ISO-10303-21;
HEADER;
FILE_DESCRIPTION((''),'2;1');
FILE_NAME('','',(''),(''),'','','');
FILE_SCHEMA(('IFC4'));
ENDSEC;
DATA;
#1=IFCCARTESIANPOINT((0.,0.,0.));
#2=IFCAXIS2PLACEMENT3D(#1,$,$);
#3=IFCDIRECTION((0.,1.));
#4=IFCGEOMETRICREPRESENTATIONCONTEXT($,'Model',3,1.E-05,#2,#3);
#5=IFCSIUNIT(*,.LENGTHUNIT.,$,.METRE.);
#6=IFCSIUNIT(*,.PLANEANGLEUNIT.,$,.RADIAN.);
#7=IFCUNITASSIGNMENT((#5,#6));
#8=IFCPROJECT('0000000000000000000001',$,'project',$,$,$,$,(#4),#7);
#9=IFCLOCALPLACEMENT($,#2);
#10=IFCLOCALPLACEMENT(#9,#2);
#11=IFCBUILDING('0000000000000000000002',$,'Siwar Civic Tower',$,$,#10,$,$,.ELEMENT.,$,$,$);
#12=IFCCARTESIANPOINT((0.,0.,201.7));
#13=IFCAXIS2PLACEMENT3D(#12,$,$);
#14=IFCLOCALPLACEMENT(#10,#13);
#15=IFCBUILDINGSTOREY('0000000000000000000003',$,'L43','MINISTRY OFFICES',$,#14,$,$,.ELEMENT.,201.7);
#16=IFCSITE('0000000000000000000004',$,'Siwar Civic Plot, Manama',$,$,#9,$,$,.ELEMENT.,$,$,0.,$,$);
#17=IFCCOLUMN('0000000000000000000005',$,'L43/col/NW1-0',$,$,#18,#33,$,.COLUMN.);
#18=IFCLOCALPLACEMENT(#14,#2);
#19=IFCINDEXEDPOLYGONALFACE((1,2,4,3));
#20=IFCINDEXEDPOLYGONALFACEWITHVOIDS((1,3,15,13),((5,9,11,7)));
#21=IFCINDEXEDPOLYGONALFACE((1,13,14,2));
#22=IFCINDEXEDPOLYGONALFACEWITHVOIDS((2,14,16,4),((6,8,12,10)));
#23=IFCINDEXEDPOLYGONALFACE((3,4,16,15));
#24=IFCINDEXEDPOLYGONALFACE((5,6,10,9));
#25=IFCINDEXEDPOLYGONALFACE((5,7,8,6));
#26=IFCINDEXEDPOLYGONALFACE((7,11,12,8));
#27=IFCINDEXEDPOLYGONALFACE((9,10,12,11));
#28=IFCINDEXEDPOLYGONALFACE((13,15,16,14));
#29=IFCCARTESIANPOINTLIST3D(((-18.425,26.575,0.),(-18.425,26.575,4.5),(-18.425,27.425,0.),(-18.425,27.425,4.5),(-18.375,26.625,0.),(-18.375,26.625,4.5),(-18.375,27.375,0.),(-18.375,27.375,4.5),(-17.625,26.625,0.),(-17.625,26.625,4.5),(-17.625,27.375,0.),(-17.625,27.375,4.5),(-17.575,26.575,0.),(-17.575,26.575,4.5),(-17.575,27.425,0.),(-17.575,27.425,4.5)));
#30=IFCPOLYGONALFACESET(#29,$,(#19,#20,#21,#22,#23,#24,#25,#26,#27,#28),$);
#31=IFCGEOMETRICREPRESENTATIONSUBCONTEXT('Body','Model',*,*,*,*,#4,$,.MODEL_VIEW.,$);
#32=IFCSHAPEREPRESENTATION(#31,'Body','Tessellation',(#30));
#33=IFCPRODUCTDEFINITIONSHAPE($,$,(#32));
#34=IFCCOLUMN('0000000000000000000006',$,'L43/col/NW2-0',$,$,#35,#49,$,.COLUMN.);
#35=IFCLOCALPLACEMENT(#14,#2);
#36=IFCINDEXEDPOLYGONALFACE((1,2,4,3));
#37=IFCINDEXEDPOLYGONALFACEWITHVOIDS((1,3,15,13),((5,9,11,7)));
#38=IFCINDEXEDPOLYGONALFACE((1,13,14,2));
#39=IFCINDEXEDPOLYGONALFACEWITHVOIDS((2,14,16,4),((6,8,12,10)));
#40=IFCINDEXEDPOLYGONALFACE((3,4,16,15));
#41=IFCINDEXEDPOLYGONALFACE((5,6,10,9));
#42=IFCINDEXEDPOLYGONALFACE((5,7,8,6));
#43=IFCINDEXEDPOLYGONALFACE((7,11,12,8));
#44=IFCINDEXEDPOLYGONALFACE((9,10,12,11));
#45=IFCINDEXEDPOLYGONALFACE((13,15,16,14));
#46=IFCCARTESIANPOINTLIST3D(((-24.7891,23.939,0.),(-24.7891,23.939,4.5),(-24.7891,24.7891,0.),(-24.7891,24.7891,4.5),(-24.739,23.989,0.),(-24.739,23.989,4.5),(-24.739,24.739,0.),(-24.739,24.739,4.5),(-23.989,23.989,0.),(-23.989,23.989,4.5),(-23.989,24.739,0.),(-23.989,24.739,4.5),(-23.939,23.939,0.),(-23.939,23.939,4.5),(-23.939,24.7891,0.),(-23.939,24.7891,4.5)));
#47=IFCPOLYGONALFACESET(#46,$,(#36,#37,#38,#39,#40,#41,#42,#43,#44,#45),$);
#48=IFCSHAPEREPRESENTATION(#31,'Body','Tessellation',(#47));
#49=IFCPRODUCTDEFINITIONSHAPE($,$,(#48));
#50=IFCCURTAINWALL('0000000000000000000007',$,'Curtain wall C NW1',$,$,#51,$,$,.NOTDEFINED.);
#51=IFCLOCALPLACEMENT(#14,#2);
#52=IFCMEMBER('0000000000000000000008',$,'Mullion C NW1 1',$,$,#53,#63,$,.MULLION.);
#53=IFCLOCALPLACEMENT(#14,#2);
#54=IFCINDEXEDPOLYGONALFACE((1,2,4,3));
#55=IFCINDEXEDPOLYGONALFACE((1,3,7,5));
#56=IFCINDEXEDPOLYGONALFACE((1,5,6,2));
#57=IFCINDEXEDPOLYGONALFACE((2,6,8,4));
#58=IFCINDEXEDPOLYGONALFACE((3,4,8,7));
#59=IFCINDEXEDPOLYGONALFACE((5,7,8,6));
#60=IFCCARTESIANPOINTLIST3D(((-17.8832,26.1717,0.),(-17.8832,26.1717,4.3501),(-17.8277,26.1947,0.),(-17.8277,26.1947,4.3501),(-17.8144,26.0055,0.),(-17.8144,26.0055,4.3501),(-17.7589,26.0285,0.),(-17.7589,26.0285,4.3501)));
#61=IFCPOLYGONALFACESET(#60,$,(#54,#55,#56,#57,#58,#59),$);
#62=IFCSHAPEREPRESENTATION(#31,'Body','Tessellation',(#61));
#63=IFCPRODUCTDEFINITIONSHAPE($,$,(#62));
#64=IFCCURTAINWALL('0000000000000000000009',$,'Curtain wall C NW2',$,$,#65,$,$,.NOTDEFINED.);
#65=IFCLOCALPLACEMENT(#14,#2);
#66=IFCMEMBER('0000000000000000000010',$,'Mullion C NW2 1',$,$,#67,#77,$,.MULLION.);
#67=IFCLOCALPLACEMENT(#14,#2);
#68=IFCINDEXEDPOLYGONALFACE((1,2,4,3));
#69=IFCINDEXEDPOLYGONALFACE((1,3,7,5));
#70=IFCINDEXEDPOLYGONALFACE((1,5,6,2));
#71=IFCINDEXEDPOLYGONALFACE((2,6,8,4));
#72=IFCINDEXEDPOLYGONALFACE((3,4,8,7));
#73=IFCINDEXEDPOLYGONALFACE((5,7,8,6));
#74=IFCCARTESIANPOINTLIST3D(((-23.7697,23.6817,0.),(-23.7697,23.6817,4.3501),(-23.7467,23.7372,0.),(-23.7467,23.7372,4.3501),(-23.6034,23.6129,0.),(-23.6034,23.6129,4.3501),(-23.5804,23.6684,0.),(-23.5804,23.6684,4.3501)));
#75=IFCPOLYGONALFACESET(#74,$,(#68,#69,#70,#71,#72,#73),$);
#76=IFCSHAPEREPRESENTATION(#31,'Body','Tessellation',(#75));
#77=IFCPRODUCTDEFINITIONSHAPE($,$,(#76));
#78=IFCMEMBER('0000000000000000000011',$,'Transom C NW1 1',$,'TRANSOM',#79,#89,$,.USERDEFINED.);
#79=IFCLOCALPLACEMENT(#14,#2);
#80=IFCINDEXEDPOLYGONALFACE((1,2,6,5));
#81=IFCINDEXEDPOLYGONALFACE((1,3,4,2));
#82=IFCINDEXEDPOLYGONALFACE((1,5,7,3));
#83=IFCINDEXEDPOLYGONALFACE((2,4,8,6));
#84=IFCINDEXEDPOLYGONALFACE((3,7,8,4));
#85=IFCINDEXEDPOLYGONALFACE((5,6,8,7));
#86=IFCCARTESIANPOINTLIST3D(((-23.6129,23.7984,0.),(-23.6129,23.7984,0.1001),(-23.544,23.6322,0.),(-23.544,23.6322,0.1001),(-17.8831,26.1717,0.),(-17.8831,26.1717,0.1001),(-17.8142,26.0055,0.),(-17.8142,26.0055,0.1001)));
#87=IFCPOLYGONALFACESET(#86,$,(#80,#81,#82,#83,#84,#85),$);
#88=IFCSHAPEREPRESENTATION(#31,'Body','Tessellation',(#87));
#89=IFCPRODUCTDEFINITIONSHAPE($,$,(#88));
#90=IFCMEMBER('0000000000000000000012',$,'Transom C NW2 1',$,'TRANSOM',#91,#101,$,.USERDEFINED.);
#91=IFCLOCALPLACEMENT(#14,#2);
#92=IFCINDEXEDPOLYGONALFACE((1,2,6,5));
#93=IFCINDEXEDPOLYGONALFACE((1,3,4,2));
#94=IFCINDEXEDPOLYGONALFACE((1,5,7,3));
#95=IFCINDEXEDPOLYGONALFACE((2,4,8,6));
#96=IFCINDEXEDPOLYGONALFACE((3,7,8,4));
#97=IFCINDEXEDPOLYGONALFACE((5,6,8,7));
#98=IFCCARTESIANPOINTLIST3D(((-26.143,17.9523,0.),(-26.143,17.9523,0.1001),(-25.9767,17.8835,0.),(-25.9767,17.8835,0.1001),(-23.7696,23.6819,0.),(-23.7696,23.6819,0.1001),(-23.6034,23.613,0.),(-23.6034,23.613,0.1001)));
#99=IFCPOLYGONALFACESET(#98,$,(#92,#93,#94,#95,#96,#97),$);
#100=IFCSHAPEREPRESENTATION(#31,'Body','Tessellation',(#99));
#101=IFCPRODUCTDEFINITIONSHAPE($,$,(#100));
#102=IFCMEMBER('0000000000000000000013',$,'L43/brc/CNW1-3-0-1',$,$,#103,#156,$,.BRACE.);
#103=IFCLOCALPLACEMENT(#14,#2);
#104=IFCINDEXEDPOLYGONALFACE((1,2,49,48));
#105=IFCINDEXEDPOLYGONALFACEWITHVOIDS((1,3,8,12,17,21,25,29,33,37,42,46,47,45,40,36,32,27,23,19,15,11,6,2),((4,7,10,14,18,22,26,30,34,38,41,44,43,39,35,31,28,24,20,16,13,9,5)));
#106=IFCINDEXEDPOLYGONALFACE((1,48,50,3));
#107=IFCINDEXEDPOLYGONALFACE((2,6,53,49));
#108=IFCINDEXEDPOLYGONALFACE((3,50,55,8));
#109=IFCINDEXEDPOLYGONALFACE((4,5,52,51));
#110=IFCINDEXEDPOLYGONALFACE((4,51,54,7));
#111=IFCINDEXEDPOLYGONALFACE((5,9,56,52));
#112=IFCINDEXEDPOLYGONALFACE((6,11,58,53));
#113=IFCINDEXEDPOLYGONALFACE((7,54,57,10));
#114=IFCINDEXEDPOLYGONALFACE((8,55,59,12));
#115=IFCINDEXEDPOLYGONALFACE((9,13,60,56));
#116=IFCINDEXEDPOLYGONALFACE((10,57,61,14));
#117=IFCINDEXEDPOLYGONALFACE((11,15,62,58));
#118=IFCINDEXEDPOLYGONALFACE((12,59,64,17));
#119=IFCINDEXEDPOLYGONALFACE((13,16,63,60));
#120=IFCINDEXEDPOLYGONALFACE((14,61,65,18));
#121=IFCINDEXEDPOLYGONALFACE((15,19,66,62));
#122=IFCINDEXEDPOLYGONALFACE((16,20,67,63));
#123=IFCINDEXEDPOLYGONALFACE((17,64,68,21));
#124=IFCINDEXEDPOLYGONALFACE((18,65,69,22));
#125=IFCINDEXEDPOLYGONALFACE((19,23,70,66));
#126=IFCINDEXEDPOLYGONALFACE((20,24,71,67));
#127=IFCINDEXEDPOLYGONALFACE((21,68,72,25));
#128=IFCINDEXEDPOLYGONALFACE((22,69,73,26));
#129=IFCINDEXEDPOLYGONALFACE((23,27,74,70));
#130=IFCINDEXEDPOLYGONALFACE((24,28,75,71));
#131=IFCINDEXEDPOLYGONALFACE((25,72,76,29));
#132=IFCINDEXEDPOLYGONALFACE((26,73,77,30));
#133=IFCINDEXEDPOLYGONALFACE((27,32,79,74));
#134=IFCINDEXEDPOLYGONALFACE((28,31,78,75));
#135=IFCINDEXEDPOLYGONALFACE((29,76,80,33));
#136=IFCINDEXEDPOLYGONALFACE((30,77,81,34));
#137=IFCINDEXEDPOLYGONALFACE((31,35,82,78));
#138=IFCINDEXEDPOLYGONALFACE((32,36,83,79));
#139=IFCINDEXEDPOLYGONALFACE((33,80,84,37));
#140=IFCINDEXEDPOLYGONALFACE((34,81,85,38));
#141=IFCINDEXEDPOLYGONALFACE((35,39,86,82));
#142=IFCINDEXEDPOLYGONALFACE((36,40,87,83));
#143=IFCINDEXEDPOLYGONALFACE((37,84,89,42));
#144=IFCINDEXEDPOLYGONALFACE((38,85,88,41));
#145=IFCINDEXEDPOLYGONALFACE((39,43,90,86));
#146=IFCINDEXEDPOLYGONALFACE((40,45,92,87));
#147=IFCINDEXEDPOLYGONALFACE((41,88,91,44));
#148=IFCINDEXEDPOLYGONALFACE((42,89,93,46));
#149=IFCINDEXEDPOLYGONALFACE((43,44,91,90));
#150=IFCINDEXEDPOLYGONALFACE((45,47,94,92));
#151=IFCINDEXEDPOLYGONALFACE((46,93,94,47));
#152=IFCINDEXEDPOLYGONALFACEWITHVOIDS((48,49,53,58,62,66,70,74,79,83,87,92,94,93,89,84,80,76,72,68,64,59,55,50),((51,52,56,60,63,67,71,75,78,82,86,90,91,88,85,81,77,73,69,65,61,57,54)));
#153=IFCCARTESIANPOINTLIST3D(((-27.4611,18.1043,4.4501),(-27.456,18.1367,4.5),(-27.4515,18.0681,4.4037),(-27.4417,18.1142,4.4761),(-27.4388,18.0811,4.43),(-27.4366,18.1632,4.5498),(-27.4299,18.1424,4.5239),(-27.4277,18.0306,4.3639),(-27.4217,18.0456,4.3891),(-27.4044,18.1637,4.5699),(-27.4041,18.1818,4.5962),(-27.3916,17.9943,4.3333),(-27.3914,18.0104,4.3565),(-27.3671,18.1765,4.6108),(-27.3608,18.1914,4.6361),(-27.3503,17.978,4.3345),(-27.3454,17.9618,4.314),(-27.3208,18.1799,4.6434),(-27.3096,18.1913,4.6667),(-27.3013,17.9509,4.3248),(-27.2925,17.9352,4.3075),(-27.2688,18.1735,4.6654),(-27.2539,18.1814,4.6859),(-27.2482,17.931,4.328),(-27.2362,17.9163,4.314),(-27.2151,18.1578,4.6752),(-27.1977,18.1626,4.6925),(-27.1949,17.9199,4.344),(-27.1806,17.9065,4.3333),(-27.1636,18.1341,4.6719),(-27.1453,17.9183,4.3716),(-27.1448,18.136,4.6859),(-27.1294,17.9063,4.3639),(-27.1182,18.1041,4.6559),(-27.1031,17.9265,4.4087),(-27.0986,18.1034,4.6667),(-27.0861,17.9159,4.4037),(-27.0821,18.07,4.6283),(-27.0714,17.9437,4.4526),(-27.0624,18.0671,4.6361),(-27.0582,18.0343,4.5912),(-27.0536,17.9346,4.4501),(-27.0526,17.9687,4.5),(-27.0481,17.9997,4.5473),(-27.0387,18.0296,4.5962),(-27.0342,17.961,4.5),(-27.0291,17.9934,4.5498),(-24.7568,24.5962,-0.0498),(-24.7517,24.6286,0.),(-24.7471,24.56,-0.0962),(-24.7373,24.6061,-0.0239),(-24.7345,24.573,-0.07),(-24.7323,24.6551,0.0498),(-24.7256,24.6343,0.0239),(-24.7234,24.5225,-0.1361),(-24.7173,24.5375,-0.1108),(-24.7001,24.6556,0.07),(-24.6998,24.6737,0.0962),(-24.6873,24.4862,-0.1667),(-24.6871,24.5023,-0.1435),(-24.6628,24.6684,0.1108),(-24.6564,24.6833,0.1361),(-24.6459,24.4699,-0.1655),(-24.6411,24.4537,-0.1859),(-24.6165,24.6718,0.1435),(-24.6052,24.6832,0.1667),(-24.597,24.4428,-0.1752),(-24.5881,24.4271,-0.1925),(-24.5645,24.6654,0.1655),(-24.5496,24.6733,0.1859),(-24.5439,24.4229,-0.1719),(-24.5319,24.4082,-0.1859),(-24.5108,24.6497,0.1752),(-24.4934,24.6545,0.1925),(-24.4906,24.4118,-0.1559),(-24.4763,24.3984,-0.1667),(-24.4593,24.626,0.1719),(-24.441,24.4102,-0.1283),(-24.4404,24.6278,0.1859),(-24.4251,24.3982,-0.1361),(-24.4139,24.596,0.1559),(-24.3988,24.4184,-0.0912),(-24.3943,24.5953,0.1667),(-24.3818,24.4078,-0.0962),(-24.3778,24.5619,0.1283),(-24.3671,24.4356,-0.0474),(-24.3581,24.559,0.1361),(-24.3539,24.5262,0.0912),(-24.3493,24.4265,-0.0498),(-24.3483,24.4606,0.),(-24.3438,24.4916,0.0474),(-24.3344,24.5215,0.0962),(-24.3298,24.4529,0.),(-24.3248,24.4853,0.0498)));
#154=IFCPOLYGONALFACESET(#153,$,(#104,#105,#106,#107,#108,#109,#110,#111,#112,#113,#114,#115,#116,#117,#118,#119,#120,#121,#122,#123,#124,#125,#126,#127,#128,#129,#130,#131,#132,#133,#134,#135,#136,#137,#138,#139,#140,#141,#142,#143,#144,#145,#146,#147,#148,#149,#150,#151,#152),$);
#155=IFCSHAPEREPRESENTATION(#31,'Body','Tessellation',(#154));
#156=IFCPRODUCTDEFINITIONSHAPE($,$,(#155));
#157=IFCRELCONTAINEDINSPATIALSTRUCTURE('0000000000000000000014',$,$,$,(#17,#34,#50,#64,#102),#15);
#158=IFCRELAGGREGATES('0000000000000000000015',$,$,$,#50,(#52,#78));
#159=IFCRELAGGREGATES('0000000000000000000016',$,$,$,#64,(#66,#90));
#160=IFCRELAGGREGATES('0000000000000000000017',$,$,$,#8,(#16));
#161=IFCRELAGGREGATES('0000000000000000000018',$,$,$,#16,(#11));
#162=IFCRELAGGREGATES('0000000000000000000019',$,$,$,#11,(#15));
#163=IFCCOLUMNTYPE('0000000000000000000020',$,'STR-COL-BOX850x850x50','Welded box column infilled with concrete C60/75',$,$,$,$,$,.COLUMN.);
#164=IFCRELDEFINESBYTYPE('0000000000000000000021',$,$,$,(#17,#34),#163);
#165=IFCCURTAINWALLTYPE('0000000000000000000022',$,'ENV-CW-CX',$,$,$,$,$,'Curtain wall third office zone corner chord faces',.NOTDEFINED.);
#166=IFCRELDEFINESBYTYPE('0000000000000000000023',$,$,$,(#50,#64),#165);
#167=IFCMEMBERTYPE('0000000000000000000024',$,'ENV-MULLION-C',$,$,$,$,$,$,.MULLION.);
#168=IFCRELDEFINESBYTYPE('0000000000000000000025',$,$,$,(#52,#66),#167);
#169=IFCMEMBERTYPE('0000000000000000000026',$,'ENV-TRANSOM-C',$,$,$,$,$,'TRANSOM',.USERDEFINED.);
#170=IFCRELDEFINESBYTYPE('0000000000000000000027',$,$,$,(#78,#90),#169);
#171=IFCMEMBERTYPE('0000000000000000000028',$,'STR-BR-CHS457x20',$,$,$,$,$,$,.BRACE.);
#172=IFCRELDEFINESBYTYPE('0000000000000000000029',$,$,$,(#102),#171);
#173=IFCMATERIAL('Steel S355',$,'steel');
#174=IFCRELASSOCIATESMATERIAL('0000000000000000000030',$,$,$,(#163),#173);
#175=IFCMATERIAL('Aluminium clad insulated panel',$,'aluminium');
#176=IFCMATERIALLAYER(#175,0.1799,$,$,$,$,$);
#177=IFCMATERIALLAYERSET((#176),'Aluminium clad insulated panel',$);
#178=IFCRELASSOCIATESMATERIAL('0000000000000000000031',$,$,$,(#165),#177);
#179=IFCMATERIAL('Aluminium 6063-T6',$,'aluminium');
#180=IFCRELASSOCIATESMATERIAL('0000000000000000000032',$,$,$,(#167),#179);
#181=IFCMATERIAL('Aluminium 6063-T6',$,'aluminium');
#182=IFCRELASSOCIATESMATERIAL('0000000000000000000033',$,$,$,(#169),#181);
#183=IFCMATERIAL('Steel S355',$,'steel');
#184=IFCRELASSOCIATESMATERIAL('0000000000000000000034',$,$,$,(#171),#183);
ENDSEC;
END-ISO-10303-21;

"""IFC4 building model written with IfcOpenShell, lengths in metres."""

from ifc_helpers import new_model, si_unit, direction, frame, origin, origin_2d, place, context, subcontext, project, spatial, rectangle, hollow_rectangle, hollow_circle, extrude, material, layer, layer_set, material_profile, profile_set, type_object, element, aggregate, save


model = new_model("IFC4")

# Units and contexts
model_context = context("Model", 3, precision=1e-05, world=origin(), true_north=direction((0.0, 1.0)))
body_context = subcontext(model_context, "Body", "Model", "MODEL_VIEW")
ifc_project = project(units=[si_unit("LENGTHUNIT", "METRE"), si_unit("PLANEANGLEUNIT", "RADIAN")], contexts=[model_context])

# Site, building, storey
site_placement = place(None, origin())
site = spatial("IfcSite", under=ifc_project, at=site_placement, Name="Siwar Civic Plot, Manama", CompositionType="ELEMENT", RefElevation=0.0)
building_placement = place(site_placement, origin())
building = spatial("IfcBuilding", under=site, at=building_placement, Name="Siwar Civic Tower", CompositionType="ELEMENT")
storey_placement = place(building_placement, frame((0.0, 0.0, 201.7)))
storey = spatial("IfcBuildingStorey", under=building, at=storey_placement, Name="L43", Description="MINISTRY OFFICES", CompositionType="ELEMENT", Elevation=201.7)

# Columns
ifc_material_1 = material(Name="Steel S355", Category="steel")
ifc_material_profile_1 = material_profile(ifc_material_1, hollow_rectangle(XDim=0.8501, YDim=0.8501, WallThickness=0.05, at=origin_2d()), Name="BOX850x850x50")
ifc_profile_set_1 = profile_set([ifc_material_profile_1], Name="Steel S355")
column_type = type_object("IfcColumnType", Name="STR-COL-BOX850x850x50", Description="Welded box column infilled with concrete C60/75", PredefinedType="COLUMN", material=ifc_profile_set_1)
for number, where, z_axis, x_axis, name in (
    (1, (-18.0, 27.0, 0.0), (0.0, 0.0, 1.0), (1.0, 0.0, 0.0), "L43/col/NW1-0"),
    (2, (-24.364, 24.364, 0.0), (0.0, 0.0, 1.0), (1.0, 0.0, 0.0), "L43/col/NW2-0"),
):
    element("IfcColumn", number, at=place(storey_placement, frame(where, z_axis=z_axis, x_axis=x_axis)), inside=storey, type_object=column_type, Name=name, PredefinedType="COLUMN", context=body_context, shape_type="SweptSolid", body=[
        extrude(hollow_rectangle(XDim=0.8501, YDim=0.8501, WallThickness=0.05, at=origin_2d()), origin(), (0.0, 0.0, 1.0), 4.5),
    ])

# Curtain walls, members
ifc_material_2 = material(Name="Aluminium clad insulated panel", Category="aluminium")
ifc_layer_1 = layer(ifc_material_2, 0.1799)
ifc_layer_set_1 = layer_set([ifc_layer_1], Name="Aluminium clad insulated panel")
curtain_wall_type = type_object("IfcCurtainWallType", Name="ENV-CW-CX", ElementType="Curtain wall third office zone corner chord faces", PredefinedType="NOTDEFINED", material=ifc_layer_set_1)
curtain_wall_1_placement = place(storey_placement, origin())
curtain_wall_1 = element("IfcCurtainWall", 3, at=curtain_wall_1_placement, inside=storey, type_object=curtain_wall_type, Name="Curtain wall C NW1", PredefinedType="NOTDEFINED")
ifc_material_3 = material(Name="Aluminium 6063-T6", Category="aluminium")
ifc_material_profile_2 = material_profile(ifc_material_3, rectangle(XDim=0.1799, YDim=0.0601, at=origin_2d()), Name="AL 180x60")
ifc_profile_set_2 = profile_set([ifc_material_profile_2], Name="Aluminium 6063-T6")
member_type_1 = type_object("IfcMemberType", Name="ENV-MULLION-C", PredefinedType="MULLION", material=ifc_profile_set_2)
member_1_placement = place(storey_placement, frame((-17.821, 26.1001, 0.0), z_axis=(0.0, 0.0, 1.0), x_axis=(0.382683, -0.92388, 0.0)))
member_1 = element("IfcMember", 4, at=member_1_placement, type_object=member_type_1, Name="Mullion C NW1 1", PredefinedType="MULLION", context=body_context, shape_type="SweptSolid", body=[
    extrude(rectangle(XDim=0.1799, YDim=0.0601, at=origin_2d()), origin(), (0.0, 0.0, 1.0), 4.3501),
])
curtain_wall_2_placement = place(storey_placement, origin())
curtain_wall_2 = element("IfcCurtainWall", 5, at=curtain_wall_2_placement, inside=storey, type_object=curtain_wall_type, Name="Curtain wall C NW2", PredefinedType="NOTDEFINED")
member_2_placement = place(storey_placement, frame((-23.675, 23.675, 0.0), z_axis=(0.0, 0.0, 1.0), x_axis=(0.92388, -0.382683, 0.0)))
member_2 = element("IfcMember", 6, at=member_2_placement, type_object=member_type_1, Name="Mullion C NW2 1", PredefinedType="MULLION", context=body_context, shape_type="SweptSolid", body=[
    extrude(rectangle(XDim=0.1799, YDim=0.0601, at=origin_2d()), origin(), (0.0, 0.0, 1.0), 4.3501),
])

# Members
ifc_material_4 = material(Name="Aluminium 6063-T6", Category="aluminium")
ifc_material_profile_3 = material_profile(ifc_material_4, rectangle(XDim=0.1799, YDim=0.1001, at=origin_2d()), Name="AL 180x100")
ifc_profile_set_3 = profile_set([ifc_material_profile_3], Name="Aluminium 6063-T6")
member_type_2 = type_object("IfcMemberType", Name="ENV-TRANSOM-C", ElementType="TRANSOM", PredefinedType="USERDEFINED", material=ifc_profile_set_3)
member_3_placement = place(storey_placement, frame((-17.8486, 26.0886, 0.05), z_axis=(-0.923882, -0.382677, 0.0), x_axis=(0.382677, -0.923882, 0.0)))
member_3 = element("IfcMember", 7, at=member_3_placement, type_object=member_type_2, Name="Transom C NW1 1", ObjectType="TRANSOM", PredefinedType="USERDEFINED", context=body_context, shape_type="SweptSolid", body=[
    extrude(rectangle(XDim=0.1799, YDim=0.1001, at=origin_2d()), origin(), (0.0, 0.0, 1.0), 6.2019),
])
member_4_placement = place(storey_placement, frame((-23.6865, 23.6475, 0.05), z_axis=(-0.382691, -0.923876, 0.0), x_axis=(0.923876, -0.382691, 0.0)))
member_4 = element("IfcMember", 8, at=member_4_placement, type_object=member_type_2, Name="Transom C NW2 1", ObjectType="TRANSOM", PredefinedType="USERDEFINED", context=body_context, shape_type="SweptSolid", body=[
    extrude(rectangle(XDim=0.1799, YDim=0.1001, at=origin_2d()), origin(), (0.0, 0.0, 1.0), 6.2017),
])

# Member
ifc_material_5 = material(Name="Steel S355", Category="steel")
ifc_material_profile_4 = material_profile(ifc_material_5, hollow_circle(Radius=0.2285, WallThickness=0.02, at=origin_2d()), Name="CHS457x20")
ifc_profile_set_4 = profile_set([ifc_material_profile_4], Name="Steel S355")
member_type_3 = type_object("IfcMemberType", Name="STR-BR-CHS457x20", PredefinedType="BRACE", material=ifc_profile_set_4)
member_5_placement = place(storey_placement, frame((-24.5408, 24.5408, 0.0), z_axis=(-0.323906, -0.777555, 0.538975), x_axis=(0.923109, -0.384539, 0.0)))
element("IfcMember", 9, at=member_5_placement, inside=storey, type_object=member_type_3, Name="L43/brc/CNW1-3-0-1", PredefinedType="BRACE", context=body_context, shape_type="SweptSolid", body=[
    extrude(hollow_circle(Radius=0.2285, WallThickness=0.02, at=origin_2d()), origin(), (0.0, 0.0, 1.0), 8.3491),
])

aggregate(curtain_wall_1, [member_1, member_3])
aggregate(curtain_wall_2, [member_2, member_4])

save(model, "model.ifc")
